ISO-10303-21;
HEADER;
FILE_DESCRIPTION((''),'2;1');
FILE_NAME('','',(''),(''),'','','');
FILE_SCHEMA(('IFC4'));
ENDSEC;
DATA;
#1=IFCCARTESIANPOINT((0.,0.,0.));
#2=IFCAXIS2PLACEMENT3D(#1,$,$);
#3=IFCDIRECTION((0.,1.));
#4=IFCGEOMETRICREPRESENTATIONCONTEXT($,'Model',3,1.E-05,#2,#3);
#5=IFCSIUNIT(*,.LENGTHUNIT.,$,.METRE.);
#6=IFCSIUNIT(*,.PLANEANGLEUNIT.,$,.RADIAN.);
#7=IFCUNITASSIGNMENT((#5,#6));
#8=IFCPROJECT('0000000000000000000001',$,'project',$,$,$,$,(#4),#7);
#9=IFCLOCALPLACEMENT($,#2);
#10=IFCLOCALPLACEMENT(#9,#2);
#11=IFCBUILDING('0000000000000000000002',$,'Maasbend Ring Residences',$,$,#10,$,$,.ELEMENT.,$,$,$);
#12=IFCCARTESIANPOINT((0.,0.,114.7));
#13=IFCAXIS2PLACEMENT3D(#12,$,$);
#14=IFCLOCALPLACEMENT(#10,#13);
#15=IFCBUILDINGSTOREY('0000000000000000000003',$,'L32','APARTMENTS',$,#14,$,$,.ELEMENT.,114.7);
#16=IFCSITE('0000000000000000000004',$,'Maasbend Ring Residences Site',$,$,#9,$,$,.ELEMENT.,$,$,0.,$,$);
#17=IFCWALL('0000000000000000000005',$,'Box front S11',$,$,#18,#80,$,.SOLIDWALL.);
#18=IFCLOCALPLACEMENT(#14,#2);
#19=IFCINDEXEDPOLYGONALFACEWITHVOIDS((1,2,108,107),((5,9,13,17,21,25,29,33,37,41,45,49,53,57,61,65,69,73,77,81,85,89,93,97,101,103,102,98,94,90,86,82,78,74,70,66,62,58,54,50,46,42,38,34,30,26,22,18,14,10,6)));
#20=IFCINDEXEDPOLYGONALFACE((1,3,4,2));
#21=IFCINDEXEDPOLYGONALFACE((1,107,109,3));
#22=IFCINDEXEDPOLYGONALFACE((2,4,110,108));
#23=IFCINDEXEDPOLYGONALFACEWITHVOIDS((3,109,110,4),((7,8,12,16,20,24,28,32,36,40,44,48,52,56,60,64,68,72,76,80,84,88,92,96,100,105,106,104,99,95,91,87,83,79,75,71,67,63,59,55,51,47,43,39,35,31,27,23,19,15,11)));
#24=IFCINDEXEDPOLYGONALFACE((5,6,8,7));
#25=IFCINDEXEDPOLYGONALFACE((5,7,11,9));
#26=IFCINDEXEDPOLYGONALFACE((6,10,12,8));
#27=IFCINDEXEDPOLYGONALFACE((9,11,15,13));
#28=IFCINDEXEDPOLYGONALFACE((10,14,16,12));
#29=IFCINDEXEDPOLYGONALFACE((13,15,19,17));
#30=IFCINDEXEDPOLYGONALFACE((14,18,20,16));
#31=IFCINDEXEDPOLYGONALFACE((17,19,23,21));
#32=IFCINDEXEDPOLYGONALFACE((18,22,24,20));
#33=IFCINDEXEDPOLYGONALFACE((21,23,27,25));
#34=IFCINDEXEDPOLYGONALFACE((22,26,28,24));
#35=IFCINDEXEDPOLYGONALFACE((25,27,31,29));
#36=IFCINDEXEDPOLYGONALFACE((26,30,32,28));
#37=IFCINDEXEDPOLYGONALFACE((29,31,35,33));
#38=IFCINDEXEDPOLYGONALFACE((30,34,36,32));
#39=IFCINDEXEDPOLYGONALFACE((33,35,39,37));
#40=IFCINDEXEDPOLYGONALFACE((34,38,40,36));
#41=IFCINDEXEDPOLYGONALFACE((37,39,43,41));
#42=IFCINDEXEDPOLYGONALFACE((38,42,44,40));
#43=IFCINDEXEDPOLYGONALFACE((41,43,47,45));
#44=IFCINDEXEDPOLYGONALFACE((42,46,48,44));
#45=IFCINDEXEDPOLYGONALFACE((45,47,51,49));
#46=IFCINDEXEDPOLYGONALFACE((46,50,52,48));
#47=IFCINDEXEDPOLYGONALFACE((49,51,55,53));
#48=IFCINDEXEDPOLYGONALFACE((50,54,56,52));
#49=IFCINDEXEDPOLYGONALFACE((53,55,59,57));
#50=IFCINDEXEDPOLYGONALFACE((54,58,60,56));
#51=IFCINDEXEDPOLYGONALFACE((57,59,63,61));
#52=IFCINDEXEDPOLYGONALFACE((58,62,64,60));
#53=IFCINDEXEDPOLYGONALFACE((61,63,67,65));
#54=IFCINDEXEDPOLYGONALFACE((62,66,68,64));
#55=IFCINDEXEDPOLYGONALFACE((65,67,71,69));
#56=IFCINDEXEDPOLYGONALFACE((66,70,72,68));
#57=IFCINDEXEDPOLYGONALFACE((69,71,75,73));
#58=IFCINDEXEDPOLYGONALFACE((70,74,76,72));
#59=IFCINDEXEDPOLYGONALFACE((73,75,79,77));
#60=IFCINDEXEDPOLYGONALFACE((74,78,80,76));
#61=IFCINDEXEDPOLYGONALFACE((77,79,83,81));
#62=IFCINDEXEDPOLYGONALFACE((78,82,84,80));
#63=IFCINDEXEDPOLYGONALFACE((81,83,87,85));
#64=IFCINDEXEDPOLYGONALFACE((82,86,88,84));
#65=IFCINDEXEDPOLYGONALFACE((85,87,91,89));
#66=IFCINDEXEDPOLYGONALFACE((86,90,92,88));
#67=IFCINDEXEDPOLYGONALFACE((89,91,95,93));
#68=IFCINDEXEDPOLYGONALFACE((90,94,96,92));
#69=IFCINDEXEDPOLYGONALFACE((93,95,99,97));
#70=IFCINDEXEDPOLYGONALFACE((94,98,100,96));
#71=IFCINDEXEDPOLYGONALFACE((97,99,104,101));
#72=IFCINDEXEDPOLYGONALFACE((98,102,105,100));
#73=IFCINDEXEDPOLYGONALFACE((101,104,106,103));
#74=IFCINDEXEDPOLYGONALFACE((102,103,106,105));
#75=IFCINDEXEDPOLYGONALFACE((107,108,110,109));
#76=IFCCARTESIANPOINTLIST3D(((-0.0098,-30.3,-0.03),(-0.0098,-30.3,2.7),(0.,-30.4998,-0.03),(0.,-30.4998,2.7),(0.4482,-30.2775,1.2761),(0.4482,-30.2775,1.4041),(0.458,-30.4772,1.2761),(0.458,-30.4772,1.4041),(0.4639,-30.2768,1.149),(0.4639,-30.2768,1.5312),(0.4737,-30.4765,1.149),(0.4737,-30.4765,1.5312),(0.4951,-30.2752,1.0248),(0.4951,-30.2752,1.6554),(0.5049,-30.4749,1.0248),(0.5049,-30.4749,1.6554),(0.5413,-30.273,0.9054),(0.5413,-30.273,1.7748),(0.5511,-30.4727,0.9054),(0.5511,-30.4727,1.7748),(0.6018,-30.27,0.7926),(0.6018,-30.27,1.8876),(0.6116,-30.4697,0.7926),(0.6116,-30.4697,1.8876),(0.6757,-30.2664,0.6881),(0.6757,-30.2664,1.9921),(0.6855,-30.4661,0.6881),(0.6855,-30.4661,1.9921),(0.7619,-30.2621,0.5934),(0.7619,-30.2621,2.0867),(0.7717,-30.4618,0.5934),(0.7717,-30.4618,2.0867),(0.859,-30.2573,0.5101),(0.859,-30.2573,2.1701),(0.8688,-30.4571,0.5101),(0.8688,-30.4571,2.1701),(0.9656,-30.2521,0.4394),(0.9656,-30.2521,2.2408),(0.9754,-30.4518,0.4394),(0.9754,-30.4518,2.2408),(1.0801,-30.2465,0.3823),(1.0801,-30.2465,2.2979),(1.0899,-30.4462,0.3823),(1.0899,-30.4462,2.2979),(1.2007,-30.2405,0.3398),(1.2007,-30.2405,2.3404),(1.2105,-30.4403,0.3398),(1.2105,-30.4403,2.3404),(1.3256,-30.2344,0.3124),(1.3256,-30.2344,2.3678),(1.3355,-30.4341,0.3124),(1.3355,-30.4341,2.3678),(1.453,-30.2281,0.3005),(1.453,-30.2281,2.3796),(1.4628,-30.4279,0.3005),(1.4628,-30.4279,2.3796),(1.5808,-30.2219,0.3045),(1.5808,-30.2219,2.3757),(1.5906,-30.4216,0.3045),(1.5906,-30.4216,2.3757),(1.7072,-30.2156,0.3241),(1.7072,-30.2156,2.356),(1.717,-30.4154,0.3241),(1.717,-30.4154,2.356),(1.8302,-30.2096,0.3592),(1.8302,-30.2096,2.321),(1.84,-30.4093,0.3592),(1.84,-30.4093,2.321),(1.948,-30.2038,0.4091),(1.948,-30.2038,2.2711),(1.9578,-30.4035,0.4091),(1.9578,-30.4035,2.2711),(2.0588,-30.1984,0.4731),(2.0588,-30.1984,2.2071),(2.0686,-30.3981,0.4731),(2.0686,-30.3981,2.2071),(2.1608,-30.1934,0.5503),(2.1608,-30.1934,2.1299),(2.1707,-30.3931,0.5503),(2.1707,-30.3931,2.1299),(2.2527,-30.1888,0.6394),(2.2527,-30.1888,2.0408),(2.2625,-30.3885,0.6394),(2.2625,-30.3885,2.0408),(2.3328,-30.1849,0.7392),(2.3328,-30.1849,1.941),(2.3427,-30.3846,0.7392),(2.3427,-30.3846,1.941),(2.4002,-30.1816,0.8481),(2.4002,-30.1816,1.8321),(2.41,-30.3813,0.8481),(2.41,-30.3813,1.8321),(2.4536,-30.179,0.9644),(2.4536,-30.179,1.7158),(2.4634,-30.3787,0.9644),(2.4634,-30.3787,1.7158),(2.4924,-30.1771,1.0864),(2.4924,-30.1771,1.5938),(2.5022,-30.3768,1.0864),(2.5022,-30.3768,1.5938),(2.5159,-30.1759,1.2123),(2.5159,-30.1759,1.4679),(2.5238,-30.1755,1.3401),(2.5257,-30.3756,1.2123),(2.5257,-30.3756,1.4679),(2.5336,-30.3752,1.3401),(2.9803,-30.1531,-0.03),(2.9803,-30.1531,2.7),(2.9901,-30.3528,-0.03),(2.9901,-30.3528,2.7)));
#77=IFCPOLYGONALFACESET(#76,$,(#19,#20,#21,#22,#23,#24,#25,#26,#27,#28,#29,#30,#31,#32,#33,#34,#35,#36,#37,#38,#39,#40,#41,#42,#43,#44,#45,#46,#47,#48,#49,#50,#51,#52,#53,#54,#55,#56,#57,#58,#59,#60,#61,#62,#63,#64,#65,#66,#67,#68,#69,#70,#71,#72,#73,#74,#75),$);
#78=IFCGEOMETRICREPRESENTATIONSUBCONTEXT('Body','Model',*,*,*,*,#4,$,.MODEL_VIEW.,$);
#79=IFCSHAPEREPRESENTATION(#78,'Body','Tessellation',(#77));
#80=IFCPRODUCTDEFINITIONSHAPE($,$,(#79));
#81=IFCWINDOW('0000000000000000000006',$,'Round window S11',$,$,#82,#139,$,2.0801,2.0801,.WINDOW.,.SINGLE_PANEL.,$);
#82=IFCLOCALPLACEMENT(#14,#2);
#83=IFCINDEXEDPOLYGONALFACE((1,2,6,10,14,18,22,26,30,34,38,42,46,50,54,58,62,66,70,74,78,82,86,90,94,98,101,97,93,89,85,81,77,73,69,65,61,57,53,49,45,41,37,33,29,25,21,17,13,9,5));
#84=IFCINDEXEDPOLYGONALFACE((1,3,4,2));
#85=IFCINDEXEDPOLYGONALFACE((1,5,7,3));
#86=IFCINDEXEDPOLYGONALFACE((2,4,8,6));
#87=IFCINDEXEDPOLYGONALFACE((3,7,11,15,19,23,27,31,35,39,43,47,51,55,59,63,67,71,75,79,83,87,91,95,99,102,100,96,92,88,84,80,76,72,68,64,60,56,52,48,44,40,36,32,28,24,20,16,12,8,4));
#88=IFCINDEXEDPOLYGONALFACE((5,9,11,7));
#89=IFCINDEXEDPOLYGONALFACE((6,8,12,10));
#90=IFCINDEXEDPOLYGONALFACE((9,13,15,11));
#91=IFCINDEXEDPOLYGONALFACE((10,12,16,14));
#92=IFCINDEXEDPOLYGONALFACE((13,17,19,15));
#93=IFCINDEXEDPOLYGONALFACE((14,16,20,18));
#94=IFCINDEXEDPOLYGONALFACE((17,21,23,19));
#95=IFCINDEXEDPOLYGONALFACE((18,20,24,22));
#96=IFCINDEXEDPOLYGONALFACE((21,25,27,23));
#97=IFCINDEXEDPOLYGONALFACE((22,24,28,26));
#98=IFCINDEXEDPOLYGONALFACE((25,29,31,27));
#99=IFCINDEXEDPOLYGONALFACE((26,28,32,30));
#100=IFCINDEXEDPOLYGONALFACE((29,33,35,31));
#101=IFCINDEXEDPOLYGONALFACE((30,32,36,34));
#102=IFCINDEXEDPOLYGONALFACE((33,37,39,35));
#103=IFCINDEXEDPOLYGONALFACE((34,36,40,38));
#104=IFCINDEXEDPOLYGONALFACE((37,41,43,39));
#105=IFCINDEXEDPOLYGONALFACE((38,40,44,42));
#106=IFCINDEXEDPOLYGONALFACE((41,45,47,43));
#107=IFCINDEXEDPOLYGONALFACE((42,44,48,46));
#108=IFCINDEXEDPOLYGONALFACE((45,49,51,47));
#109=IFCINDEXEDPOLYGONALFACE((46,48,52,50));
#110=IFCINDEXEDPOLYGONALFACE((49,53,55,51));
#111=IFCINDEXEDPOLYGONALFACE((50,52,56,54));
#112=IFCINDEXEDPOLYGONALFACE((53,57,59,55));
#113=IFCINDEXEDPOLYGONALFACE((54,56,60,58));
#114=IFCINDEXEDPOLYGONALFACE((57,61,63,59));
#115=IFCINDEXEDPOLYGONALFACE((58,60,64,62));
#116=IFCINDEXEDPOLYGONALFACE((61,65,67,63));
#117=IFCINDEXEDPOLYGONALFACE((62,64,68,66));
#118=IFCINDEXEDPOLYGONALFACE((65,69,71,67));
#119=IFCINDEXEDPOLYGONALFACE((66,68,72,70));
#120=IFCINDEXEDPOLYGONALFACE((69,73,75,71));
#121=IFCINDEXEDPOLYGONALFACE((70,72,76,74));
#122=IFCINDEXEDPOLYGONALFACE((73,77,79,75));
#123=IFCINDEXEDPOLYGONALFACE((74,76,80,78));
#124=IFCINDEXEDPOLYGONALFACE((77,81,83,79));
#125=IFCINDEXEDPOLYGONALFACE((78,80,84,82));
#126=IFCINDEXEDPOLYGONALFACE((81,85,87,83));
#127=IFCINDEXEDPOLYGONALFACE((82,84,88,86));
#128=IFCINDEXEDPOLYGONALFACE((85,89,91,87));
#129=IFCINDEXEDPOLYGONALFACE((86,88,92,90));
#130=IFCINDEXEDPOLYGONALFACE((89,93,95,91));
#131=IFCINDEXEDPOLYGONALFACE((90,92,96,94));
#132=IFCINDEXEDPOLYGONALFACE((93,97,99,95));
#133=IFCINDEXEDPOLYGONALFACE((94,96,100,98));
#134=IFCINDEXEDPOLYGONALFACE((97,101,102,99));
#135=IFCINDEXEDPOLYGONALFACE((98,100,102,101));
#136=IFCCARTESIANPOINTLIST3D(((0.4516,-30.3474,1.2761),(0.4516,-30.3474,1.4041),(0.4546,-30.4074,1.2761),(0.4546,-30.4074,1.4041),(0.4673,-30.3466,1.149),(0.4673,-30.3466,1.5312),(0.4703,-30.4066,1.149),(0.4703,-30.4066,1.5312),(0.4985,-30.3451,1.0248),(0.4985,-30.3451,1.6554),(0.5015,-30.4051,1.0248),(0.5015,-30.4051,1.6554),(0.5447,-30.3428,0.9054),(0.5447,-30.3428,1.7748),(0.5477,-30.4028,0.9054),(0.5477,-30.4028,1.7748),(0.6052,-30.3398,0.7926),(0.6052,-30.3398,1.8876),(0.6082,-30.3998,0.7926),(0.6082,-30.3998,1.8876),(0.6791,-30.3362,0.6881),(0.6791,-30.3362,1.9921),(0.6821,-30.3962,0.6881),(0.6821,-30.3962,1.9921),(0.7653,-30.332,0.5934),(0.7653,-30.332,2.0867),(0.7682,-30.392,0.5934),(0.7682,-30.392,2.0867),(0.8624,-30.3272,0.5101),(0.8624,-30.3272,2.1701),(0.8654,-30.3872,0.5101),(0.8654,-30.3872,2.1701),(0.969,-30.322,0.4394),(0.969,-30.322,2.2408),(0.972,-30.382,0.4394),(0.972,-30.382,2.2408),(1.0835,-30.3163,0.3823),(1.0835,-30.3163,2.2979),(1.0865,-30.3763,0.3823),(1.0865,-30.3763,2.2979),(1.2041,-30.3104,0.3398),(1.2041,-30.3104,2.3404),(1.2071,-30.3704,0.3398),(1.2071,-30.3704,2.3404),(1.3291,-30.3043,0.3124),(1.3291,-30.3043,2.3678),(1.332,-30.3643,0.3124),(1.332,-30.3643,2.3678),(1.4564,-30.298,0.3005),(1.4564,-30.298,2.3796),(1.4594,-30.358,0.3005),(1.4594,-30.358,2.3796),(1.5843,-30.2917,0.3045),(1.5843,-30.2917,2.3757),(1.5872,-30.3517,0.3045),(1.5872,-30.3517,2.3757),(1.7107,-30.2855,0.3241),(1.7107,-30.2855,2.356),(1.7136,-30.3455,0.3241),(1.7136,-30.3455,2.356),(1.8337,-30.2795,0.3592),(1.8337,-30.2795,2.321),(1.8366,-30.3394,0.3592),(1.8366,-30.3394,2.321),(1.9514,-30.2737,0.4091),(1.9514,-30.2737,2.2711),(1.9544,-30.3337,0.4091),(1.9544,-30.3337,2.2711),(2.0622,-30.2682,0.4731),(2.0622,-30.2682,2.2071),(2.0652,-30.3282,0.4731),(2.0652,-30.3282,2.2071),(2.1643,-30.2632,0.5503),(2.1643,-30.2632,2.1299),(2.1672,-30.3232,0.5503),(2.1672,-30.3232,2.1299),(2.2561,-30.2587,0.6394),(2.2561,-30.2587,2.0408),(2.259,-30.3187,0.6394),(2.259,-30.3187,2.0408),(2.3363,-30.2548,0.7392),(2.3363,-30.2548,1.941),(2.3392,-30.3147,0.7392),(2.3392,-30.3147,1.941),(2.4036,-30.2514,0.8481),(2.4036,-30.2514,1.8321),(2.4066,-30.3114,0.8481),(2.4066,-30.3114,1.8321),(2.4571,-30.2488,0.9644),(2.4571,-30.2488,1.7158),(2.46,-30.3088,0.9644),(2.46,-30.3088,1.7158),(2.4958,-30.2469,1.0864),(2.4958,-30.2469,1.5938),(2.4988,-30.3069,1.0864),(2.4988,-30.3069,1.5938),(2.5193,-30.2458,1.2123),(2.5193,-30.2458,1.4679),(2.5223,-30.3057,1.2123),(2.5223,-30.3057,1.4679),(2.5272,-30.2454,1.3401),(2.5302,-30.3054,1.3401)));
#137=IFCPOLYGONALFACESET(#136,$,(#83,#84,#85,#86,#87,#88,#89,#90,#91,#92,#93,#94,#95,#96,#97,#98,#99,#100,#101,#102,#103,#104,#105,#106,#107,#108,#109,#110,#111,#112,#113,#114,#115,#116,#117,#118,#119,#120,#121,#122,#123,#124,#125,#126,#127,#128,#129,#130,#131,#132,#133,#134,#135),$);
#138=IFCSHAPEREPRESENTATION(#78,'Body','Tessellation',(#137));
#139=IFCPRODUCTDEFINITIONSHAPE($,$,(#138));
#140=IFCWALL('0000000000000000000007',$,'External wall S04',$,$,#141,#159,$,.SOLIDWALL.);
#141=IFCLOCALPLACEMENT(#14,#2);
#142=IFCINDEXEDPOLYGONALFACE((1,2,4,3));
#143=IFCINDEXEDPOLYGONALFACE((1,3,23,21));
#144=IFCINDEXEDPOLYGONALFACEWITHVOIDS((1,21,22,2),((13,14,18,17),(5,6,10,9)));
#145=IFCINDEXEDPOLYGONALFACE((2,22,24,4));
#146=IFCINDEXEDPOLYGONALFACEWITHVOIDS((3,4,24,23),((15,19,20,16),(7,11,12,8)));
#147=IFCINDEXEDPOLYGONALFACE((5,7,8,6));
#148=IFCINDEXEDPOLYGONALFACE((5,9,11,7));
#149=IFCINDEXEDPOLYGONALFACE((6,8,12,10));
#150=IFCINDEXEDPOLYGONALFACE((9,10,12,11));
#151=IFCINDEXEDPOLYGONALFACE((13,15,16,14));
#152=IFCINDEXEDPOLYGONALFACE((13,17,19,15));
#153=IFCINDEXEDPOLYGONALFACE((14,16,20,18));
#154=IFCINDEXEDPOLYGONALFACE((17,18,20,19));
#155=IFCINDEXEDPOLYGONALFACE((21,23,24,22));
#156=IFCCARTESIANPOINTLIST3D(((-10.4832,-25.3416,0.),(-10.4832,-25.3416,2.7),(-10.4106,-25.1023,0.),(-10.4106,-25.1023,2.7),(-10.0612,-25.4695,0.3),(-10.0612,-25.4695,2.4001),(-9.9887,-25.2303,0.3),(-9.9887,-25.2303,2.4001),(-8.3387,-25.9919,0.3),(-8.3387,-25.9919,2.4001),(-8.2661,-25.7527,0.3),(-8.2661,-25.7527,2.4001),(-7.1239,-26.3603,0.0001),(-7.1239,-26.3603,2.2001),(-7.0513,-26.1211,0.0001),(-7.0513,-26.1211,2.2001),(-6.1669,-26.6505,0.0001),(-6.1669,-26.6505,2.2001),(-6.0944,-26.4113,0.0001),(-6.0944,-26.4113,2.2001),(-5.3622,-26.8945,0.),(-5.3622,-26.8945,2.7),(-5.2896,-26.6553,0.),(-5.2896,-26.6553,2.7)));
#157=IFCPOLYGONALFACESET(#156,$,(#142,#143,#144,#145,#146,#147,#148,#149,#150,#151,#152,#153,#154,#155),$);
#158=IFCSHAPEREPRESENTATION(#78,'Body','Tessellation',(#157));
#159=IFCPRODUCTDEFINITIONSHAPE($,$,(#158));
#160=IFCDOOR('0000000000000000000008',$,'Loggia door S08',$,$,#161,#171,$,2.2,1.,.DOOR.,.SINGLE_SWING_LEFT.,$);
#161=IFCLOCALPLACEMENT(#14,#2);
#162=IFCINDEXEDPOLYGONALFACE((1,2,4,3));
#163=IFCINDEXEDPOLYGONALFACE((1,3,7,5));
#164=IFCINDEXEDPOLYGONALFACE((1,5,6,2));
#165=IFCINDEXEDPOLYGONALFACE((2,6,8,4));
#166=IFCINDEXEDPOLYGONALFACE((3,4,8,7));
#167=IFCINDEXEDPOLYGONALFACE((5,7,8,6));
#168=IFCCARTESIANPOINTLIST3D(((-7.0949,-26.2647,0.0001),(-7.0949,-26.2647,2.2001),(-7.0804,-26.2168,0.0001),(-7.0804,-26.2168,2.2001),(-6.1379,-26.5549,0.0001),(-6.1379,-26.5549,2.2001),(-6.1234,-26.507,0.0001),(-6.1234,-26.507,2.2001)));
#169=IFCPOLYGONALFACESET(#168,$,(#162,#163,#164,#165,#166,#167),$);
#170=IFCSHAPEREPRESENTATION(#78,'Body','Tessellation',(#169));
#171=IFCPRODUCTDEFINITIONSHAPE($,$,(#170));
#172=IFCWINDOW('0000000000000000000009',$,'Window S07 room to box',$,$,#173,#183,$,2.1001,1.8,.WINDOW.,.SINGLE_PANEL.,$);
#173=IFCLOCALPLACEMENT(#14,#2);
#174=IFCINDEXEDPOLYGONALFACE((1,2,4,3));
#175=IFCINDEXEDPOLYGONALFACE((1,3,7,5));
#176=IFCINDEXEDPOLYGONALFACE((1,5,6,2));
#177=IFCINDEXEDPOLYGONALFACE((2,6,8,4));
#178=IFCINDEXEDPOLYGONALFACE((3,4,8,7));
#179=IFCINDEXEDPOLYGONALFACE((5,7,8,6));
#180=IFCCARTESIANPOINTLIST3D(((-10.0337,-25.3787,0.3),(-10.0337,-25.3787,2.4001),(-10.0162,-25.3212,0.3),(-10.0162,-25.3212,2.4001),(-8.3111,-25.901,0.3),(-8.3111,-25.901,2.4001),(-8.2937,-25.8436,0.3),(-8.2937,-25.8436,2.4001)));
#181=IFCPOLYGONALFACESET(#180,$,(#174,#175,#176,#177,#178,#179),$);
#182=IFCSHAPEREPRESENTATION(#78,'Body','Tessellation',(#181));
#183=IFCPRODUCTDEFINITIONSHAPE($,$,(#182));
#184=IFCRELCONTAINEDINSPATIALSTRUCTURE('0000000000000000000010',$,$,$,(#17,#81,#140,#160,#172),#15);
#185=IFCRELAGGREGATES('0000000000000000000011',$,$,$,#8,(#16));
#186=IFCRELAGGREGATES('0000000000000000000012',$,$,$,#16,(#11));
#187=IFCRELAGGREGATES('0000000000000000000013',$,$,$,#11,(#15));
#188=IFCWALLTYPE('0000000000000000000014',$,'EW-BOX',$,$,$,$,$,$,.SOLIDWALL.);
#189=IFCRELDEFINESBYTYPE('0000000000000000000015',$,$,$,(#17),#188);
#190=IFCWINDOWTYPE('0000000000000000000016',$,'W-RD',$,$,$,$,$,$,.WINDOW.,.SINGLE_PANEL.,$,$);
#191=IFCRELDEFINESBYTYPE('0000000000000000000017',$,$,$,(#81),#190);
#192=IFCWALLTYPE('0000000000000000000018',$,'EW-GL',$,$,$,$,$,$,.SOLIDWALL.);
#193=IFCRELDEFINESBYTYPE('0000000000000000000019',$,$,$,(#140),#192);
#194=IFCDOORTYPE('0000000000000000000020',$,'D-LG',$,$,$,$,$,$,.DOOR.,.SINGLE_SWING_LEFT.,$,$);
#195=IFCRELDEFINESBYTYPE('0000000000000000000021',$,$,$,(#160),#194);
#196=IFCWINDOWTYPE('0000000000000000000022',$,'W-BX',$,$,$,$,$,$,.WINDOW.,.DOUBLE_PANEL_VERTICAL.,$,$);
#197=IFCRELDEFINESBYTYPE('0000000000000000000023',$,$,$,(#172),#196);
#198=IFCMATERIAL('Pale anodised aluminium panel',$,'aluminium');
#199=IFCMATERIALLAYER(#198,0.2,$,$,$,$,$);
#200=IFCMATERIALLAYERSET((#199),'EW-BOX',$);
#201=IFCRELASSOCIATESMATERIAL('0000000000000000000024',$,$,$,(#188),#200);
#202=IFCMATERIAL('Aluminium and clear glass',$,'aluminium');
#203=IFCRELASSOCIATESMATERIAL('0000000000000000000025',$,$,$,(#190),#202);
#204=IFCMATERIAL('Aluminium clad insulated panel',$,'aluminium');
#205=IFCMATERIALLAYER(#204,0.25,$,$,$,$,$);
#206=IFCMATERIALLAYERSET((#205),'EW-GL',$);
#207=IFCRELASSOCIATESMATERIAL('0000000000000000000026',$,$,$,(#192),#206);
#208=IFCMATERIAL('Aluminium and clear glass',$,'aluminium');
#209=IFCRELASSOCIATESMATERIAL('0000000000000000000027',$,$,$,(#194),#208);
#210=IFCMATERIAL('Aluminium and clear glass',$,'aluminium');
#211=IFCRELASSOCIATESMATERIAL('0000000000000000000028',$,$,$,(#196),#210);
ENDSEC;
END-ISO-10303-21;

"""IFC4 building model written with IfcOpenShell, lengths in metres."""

from ifc_helpers import new_model, si_unit, direction, frame, frame_2d, origin, place, context, subcontext, project, spatial, rectangle, circle, extrude, material, layer, layer_set, type_object, element, fill, save


model = new_model("IFC4")

# Units and contexts
model_context = context("Model", 3, precision=1e-05, world=origin(), true_north=direction((0.0, 1.0)))
body_context = subcontext(model_context, "Body", "Model", "MODEL_VIEW")
ifc_project = project(units=[si_unit("LENGTHUNIT", "METRE"), si_unit("PLANEANGLEUNIT", "RADIAN")], contexts=[model_context])

# Site, building, storey
site_placement = place(None, origin())
site = spatial("IfcSite", under=ifc_project, at=site_placement, Name="Maasbend Ring Residences Site", CompositionType="ELEMENT", RefElevation=0.0)
building_placement = place(site_placement, origin())
building = spatial("IfcBuilding", under=site, at=building_placement, Name="Maasbend Ring Residences", CompositionType="ELEMENT")
storey_placement = place(building_placement, frame((0.0, 0.0, 114.7)))
storey = spatial("IfcBuildingStorey", under=building, at=storey_placement, Name="L32", Description="APARTMENTS", CompositionType="ELEMENT", Elevation=114.7)

# Shared definitions
ifc_material_1 = material(Name="Pale anodised aluminium panel", Category="aluminium")
ifc_layer_1 = layer(ifc_material_1, 0.2)
ifc_layer_set_1 = layer_set([ifc_layer_1], Name="EW-BOX")
wall_type_1 = type_object("IfcWallType", Name="EW-BOX", PredefinedType="SOLIDWALL", material=ifc_layer_set_1)

# Shared definitions
ifc_material_2 = material(Name="Aluminium and clear glass", Category="aluminium")
window_type_1 = type_object("IfcWindowType", Name="W-RD", PartitioningType="SINGLE_PANEL", PredefinedType="WINDOW", material=ifc_material_2)

# Wall, opening, window
wall_1_placement = place(storey_placement, frame((-0.0049, -30.3999, -0.03), z_axis=(0.0, 0.0, 1.0), x_axis=(0.998794, 0.049096, 0.0)))
wall_1 = element("IfcWall", 1, at=wall_1_placement, inside=storey, type_object=wall_type_1, Name="Box front S11", PredefinedType="SOLIDWALL", context=body_context, shape_type="SweptSolid", body=[
    extrude(rectangle(XDim=2.9937, YDim=0.2, at=frame_2d((1.4968, 0.0))), origin(), (0.0, 0.0, 1.0), 2.73),
])
opening_1_placement = place(wall_1_placement, frame((0.4565, 0.0, 0.3301)))
opening_1 = element("IfcOpeningElement", 2, at=opening_1_placement, cuts=wall_1, PredefinedType="OPENING", context=body_context, shape_type="SweptSolid", body=[
    extrude(circle(Radius=1.04, at=frame_2d((1.04, 1.04))), frame((0.0, 0.1099, 0.0), z_axis=(0.0, -1.0, 0.0), x_axis=(1.0, 0.0, 0.0)), (0.0, 0.0, 1.0), 0.22),
])
window_1_placement = place(opening_1_placement, origin())
window_1 = element("IfcWindow", 3, at=window_1_placement, inside=storey, type_object=window_type_1, Name="Round window S11", OverallHeight=2.0801, OverallWidth=2.0801, PartitioningType="SINGLE_PANEL", PredefinedType="WINDOW", context=body_context, shape_type="SweptSolid", body=[
    extrude(circle(Radius=1.04, at=frame_2d((1.04, 1.04))), frame((0.0, 0.03, 0.0), z_axis=(0.0, -1.0, 0.0), x_axis=(1.0, 0.0, 0.0)), (0.0, 0.0, 1.0), 0.0601),
])
fill(opening_1, window_1)

# Wall, openings, door, window
ifc_material_3 = material(Name="Aluminium clad insulated panel", Category="aluminium")
ifc_layer_2 = layer(ifc_material_3, 0.25)
ifc_layer_set_2 = layer_set([ifc_layer_2], Name="EW-GL")
wall_type_2 = type_object("IfcWallType", Name="EW-GL", PredefinedType="SOLIDWALL", material=ifc_layer_set_2)
wall_2_placement = place(storey_placement, frame((-10.447, -25.2219, 0.0), z_axis=(0.0, 0.0, 1.0), x_axis=(0.956966, -0.290201, 0.0)))
wall_2 = element("IfcWall", 4, at=wall_2_placement, inside=storey, type_object=wall_type_2, Name="External wall S04", PredefinedType="SOLIDWALL", context=body_context, shape_type="SweptSolid", body=[
    extrude(rectangle(XDim=5.3513, YDim=0.25, at=frame_2d((2.6758, 0.0))), origin(), (0.0, 0.0, 1.0), 2.7),
])
opening_2_placement = place(wall_2_placement, frame((0.4412, 0.0, 0.3)))
opening_2 = element("IfcOpeningElement", 5, at=opening_2_placement, cuts=wall_2, PredefinedType="OPENING", context=body_context, shape_type="SweptSolid", body=[
    extrude(rectangle(XDim=1.8, YDim=2.1001, at=frame_2d((0.8999, 1.05))), frame((0.0, 0.135, 0.0), z_axis=(0.0, -1.0, 0.0), x_axis=(1.0, 0.0, 0.0)), (0.0, 0.0, 1.0), 0.27),
])
opening_3_placement = place(wall_2_placement, frame((3.5105, 0.0, 0.0)))
opening_3 = element("IfcOpeningElement", 6, at=opening_3_placement, cuts=wall_2, PredefinedType="OPENING", context=body_context, shape_type="SweptSolid", body=[
    extrude(rectangle(XDim=1.0, YDim=2.2, at=frame_2d((0.5, 1.1001))), frame((0.0, 0.135, 0.0), z_axis=(0.0, -1.0, 0.0), x_axis=(1.0, 0.0, 0.0)), (0.0, 0.0, 1.0), 0.27),
])
ifc_material_4 = material(Name="Aluminium and clear glass", Category="aluminium")
door_type_1 = type_object("IfcDoorType", Name="D-LG", OperationType="SINGLE_SWING_LEFT", PredefinedType="DOOR", material=ifc_material_4)
door_1_placement = place(opening_3_placement, origin())
door_1 = element("IfcDoor", 7, at=door_1_placement, inside=storey, type_object=door_type_1, Name="Loggia door S08", OperationType="SINGLE_SWING_LEFT", OverallHeight=2.2, OverallWidth=1.0, PredefinedType="DOOR", context=body_context, shape_type="SweptSolid", body=[
    extrude(rectangle(XDim=1.0, YDim=2.2, at=frame_2d((0.5, 1.1001))), frame((0.0, 0.0249, 0.0), z_axis=(0.0, -1.0, 0.0), x_axis=(1.0, 0.0, 0.0)), (0.0, 0.0, 1.0), 0.05),
])
fill(opening_3, door_1)
ifc_material_5 = material(Name="Aluminium and clear glass", Category="aluminium")
window_type_2 = type_object("IfcWindowType", Name="W-BX", PartitioningType="DOUBLE_PANEL_VERTICAL", PredefinedType="WINDOW", material=ifc_material_5)
window_2_placement = place(opening_2_placement, origin())
window_2 = element("IfcWindow", 8, at=window_2_placement, inside=storey, type_object=window_type_2, Name="Window S07 room to box", OverallHeight=2.1001, OverallWidth=1.8, PartitioningType="SINGLE_PANEL", PredefinedType="WINDOW", context=body_context, shape_type="SweptSolid", body=[
    extrude(rectangle(XDim=1.8, YDim=2.1001, at=frame_2d((0.8999, 1.05))), frame((0.0, 0.03, 0.0), z_axis=(0.0, -1.0, 0.0), x_axis=(1.0, 0.0, 0.0)), (0.0, 0.0, 1.0), 0.0601),
])
fill(opening_2, window_2)

save(model, "model.ifc")
